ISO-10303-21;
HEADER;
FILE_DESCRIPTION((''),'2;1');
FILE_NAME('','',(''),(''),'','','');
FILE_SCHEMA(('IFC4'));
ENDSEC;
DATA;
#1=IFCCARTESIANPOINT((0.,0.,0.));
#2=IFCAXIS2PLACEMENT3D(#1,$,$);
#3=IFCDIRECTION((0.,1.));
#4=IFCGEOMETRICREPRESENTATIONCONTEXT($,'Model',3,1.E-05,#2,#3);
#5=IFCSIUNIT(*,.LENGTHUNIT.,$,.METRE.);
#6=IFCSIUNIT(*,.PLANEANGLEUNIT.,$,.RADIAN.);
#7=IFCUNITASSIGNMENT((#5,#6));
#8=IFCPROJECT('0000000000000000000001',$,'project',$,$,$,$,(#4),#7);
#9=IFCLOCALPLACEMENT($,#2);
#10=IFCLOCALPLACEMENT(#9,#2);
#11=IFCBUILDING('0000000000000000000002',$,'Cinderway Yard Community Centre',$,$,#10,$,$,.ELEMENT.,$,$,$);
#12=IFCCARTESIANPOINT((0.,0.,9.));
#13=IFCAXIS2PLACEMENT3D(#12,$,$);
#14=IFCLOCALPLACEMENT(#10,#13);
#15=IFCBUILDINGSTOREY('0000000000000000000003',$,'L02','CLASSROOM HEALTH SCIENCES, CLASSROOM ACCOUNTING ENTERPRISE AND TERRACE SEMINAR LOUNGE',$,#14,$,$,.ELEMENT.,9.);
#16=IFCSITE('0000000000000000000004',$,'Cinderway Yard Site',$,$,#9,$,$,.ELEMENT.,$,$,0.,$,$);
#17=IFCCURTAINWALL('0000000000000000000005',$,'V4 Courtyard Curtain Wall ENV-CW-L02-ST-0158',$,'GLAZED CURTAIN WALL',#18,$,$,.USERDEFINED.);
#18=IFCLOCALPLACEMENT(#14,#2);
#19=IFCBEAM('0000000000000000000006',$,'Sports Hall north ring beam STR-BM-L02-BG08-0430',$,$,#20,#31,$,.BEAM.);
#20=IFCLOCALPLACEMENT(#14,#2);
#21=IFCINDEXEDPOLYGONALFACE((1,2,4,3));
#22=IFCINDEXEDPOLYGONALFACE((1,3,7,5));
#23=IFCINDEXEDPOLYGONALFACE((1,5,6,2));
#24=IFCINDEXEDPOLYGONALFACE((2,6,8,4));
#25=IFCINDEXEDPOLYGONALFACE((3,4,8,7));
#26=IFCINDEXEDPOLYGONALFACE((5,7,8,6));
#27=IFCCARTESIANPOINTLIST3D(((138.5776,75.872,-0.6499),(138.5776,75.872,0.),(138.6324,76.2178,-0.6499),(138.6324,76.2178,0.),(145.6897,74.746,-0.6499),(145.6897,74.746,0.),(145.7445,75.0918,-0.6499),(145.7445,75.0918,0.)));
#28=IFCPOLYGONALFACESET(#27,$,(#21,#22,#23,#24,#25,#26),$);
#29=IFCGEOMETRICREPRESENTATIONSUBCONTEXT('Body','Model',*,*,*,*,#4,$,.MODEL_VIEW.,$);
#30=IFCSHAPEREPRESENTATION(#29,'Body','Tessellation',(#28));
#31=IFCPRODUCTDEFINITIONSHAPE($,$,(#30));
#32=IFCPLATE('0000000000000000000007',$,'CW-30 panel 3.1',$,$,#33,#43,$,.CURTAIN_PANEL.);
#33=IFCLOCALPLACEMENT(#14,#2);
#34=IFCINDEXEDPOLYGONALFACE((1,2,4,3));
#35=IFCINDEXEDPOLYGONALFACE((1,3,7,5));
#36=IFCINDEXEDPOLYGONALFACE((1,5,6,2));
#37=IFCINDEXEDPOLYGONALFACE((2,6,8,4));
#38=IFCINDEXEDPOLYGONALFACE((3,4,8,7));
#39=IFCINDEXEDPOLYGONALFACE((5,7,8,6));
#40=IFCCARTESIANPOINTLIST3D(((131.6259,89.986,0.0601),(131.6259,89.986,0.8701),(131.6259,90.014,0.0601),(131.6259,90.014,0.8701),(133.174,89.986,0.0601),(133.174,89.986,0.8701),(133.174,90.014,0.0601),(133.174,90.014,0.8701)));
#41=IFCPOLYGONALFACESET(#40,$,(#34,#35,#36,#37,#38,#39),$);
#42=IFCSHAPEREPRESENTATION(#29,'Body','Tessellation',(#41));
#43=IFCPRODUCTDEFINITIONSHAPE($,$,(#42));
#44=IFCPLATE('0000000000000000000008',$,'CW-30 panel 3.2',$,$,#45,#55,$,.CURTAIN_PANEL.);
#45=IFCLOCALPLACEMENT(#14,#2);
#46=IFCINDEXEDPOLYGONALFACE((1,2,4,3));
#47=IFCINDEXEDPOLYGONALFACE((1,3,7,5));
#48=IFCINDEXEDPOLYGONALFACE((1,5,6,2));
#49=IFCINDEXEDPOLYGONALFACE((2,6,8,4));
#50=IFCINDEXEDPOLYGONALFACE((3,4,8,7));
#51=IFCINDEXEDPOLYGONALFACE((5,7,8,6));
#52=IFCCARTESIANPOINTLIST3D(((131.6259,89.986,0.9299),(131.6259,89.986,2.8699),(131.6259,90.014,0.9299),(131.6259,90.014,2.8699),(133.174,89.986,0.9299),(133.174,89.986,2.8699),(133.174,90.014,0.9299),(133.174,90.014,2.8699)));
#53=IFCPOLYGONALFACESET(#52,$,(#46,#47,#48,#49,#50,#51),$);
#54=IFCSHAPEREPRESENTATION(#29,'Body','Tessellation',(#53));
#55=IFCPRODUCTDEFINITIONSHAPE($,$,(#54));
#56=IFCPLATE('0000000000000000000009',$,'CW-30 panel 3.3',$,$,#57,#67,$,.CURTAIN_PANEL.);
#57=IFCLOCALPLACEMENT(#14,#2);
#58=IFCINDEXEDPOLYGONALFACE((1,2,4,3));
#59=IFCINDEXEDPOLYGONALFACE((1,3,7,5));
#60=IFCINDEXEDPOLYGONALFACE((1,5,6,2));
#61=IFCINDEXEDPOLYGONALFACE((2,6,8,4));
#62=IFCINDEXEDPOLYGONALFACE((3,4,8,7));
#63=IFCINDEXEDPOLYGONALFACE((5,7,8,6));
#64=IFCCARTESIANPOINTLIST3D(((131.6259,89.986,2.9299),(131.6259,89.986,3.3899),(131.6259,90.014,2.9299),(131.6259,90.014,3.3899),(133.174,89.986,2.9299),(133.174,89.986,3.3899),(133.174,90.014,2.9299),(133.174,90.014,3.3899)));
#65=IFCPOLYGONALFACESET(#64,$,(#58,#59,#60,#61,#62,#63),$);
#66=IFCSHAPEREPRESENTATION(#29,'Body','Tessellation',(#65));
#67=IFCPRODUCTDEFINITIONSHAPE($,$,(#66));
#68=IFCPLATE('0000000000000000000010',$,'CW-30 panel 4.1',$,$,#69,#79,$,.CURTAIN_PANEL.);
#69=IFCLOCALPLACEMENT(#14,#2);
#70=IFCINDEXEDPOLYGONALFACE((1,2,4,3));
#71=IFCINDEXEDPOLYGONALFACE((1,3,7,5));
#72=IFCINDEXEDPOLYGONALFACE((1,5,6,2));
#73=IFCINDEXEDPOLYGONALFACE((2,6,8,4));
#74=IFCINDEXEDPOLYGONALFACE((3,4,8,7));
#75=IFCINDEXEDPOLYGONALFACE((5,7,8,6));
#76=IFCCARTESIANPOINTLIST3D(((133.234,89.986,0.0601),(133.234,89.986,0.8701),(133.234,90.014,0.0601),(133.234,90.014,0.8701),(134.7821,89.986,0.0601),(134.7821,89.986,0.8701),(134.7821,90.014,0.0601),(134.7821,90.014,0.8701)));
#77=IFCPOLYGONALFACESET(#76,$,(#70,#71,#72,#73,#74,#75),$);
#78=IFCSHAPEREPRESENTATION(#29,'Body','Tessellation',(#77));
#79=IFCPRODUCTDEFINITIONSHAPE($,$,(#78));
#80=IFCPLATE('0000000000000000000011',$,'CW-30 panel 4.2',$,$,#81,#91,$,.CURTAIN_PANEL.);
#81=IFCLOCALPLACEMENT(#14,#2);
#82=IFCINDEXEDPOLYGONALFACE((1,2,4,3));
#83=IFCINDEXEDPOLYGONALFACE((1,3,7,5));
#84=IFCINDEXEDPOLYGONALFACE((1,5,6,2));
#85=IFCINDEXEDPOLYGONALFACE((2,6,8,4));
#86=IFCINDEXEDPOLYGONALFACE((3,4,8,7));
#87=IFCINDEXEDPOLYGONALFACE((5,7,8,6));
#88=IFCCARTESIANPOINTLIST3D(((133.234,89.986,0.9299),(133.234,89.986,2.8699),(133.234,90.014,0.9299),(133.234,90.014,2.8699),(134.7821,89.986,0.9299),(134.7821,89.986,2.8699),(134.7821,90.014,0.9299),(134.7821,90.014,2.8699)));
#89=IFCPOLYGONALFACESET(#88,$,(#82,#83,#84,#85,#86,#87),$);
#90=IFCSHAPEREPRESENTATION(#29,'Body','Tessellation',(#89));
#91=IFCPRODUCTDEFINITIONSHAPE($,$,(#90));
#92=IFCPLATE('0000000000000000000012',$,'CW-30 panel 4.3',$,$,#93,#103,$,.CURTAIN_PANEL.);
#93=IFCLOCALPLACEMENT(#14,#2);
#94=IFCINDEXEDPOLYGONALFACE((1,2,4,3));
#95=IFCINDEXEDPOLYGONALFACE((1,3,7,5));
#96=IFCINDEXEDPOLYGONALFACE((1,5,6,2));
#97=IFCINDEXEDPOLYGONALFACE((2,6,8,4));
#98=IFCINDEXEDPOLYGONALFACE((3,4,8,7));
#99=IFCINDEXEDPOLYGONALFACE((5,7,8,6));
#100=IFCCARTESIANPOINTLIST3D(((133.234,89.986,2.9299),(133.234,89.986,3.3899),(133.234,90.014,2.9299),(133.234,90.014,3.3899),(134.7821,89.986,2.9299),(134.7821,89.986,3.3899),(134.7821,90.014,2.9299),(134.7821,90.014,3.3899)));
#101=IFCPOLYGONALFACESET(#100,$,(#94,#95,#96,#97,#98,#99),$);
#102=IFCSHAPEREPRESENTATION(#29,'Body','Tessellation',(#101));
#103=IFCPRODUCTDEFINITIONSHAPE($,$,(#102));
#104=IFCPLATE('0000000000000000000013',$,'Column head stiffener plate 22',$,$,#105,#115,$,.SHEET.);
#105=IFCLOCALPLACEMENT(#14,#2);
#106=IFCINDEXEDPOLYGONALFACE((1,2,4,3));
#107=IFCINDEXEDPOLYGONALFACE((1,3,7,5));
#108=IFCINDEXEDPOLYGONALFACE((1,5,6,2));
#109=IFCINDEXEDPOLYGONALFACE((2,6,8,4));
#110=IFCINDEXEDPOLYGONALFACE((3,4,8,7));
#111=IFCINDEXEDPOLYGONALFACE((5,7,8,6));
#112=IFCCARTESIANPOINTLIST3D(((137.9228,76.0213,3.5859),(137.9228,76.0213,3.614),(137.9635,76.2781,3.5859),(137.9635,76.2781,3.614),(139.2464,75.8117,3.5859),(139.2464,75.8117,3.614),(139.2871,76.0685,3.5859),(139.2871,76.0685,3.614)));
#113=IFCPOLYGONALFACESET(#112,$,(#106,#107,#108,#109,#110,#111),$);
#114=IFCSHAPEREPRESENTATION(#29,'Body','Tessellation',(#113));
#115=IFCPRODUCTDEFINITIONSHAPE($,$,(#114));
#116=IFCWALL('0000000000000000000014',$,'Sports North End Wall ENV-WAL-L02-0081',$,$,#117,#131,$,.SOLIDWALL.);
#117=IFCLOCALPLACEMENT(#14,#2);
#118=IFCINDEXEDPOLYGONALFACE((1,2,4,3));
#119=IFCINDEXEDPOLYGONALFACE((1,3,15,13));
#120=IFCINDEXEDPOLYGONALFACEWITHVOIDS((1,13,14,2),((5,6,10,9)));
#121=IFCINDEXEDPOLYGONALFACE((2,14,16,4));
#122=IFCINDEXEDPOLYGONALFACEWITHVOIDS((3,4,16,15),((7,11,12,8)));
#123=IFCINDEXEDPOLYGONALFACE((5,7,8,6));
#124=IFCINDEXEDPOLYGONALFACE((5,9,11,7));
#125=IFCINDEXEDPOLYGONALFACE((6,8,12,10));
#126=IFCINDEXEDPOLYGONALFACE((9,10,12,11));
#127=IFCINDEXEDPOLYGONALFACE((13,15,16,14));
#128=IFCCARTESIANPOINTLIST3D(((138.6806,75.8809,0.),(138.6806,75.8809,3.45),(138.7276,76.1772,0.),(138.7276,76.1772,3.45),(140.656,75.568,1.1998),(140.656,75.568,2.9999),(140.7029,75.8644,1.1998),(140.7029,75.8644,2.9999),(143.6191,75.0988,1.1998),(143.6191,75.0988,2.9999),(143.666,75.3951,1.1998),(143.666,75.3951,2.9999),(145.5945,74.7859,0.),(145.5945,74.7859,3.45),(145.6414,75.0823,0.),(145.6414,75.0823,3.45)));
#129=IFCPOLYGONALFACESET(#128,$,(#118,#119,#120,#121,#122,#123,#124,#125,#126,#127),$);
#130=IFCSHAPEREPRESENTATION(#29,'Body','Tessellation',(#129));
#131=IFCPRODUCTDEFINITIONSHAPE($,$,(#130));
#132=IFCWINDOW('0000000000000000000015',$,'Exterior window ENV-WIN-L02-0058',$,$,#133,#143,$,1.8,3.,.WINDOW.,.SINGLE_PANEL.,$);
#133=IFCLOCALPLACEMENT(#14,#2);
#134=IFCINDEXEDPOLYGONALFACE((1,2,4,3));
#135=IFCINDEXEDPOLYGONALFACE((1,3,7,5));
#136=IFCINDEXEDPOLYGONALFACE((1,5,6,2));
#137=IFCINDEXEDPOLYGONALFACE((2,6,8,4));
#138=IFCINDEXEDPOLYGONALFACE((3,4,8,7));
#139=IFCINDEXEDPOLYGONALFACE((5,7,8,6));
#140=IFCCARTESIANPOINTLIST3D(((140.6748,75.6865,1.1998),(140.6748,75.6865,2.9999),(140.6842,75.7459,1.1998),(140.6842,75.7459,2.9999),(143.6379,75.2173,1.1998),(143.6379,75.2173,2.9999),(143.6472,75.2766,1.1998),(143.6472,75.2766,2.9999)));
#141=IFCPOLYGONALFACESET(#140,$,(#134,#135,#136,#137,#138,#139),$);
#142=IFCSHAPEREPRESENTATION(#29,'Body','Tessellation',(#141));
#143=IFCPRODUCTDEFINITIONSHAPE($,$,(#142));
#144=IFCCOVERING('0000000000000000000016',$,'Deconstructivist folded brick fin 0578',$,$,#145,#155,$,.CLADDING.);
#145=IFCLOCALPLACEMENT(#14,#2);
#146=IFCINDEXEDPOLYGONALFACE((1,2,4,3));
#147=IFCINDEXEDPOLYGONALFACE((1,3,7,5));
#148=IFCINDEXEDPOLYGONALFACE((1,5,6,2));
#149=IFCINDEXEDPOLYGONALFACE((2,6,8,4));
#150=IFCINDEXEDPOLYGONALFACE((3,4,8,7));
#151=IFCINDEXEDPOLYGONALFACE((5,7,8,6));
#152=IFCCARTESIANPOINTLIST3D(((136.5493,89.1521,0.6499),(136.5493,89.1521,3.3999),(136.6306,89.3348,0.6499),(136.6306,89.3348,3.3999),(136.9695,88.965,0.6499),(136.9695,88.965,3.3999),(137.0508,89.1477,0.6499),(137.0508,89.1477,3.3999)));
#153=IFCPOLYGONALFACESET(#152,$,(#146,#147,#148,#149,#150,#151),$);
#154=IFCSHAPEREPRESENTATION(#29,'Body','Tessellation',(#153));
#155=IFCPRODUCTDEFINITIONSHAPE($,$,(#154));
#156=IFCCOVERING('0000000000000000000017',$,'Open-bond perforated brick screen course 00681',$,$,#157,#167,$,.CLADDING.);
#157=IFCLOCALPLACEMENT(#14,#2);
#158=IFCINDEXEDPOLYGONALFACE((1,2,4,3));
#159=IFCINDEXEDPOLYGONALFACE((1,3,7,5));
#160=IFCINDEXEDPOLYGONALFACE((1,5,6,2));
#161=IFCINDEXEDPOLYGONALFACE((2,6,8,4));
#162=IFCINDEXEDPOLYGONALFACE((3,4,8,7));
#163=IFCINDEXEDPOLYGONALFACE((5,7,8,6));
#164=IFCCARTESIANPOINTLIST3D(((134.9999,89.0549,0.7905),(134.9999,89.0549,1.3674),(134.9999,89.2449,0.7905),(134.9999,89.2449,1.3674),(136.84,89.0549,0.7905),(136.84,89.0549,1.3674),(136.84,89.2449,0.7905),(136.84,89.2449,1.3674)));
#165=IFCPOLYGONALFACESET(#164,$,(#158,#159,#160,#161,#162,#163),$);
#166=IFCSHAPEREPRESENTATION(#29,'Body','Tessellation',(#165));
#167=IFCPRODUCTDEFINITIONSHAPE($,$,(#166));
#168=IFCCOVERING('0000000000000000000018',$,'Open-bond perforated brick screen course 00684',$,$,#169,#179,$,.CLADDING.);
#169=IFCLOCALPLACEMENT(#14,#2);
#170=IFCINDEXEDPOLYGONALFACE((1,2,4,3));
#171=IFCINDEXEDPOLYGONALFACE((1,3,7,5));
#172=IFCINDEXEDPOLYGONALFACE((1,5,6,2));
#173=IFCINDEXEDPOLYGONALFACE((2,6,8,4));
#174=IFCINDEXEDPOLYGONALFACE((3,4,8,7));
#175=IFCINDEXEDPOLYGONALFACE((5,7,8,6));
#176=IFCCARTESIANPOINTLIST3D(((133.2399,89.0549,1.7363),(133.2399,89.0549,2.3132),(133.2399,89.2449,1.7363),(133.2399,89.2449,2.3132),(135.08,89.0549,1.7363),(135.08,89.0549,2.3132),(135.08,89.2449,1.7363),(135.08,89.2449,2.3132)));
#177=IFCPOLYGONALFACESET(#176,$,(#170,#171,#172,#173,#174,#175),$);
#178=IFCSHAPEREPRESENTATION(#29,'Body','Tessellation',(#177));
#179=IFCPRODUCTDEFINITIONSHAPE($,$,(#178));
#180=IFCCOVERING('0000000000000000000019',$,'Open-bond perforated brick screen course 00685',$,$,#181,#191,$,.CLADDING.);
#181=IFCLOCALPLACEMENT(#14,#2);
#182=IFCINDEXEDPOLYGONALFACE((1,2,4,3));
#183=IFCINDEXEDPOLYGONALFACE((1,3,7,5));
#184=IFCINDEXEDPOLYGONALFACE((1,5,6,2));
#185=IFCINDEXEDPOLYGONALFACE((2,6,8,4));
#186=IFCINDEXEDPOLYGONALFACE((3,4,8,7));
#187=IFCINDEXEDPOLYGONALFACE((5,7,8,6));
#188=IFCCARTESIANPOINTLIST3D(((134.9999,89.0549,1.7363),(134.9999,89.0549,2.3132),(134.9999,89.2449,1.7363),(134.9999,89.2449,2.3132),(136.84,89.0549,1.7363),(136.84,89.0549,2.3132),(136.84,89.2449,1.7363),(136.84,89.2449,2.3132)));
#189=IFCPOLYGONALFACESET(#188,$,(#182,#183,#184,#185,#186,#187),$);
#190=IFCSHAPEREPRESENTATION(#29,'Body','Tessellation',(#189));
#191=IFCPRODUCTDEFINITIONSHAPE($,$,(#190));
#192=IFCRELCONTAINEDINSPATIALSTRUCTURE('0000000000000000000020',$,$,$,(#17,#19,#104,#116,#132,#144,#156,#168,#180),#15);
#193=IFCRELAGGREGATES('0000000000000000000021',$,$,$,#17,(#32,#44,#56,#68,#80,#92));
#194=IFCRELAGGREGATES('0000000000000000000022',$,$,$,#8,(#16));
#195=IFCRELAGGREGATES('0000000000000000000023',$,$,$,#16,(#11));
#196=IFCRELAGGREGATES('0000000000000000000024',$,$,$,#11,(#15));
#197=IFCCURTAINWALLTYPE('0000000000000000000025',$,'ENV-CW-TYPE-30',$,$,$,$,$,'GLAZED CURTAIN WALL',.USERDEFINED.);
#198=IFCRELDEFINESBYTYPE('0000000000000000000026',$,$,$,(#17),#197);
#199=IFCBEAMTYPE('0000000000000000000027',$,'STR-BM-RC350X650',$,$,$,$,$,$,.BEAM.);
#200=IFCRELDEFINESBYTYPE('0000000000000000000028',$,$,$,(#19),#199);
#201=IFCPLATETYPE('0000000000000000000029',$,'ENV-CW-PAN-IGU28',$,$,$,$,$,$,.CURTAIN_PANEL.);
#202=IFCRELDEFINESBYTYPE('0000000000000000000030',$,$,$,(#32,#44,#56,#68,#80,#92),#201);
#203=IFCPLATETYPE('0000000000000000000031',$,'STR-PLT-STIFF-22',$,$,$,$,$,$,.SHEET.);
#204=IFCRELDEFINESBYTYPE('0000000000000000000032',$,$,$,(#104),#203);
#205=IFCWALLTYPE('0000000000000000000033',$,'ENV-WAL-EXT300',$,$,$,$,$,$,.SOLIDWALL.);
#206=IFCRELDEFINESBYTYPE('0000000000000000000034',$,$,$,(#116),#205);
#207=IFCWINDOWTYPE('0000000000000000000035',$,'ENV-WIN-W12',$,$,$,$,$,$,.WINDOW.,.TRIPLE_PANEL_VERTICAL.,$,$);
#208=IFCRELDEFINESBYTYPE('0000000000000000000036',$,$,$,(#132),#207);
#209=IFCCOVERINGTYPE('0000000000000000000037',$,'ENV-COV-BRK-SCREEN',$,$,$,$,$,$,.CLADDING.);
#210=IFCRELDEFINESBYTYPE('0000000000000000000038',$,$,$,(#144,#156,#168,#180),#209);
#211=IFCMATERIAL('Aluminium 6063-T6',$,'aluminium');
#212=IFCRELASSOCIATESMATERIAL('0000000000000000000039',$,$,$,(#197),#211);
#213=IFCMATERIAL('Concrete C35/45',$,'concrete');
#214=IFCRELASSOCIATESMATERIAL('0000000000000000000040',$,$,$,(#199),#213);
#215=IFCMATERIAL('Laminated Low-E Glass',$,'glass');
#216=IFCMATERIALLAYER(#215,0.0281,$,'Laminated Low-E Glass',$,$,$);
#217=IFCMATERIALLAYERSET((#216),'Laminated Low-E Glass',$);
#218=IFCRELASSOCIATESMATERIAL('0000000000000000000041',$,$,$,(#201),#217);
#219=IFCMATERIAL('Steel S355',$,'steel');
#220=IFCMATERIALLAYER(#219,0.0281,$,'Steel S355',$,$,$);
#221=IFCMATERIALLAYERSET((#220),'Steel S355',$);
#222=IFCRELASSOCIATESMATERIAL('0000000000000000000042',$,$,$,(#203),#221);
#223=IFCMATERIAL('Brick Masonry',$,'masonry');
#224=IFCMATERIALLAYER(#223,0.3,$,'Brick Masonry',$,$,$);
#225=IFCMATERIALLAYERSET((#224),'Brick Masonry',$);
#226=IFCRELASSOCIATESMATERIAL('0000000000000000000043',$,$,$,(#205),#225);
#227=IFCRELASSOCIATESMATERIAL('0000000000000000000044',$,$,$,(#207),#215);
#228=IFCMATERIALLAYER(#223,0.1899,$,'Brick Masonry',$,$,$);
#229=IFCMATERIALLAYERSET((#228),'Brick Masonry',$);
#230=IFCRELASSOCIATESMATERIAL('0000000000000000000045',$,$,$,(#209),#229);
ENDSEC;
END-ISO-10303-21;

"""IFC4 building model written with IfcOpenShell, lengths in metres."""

from ifc_helpers import new_model, si_unit, direction, frame, frame_2d, origin, origin_2d, place, context, subcontext, project, spatial, rectangle, extrude, material, layer, layer_set, material_profile, profile_set, type_object, element, fill, aggregate, save


model = new_model("IFC4")

# Units and contexts
model_context = context("Model", 3, precision=1e-05, world=origin(), true_north=direction((0.0, 1.0)))
body_context = subcontext(model_context, "Body", "Model", "MODEL_VIEW")
ifc_project = project(units=[si_unit("LENGTHUNIT", "METRE"), si_unit("PLANEANGLEUNIT", "RADIAN")], contexts=[model_context])

# Site, building, storey
site_placement = place(None, origin())
site = spatial("IfcSite", under=ifc_project, at=site_placement, Name="Cinderway Yard Site", CompositionType="ELEMENT", RefElevation=0.0)
building_placement = place(site_placement, origin())
building = spatial("IfcBuilding", under=site, at=building_placement, Name="Cinderway Yard Community Centre", CompositionType="ELEMENT")
storey_placement = place(building_placement, frame((0.0, 0.0, 9.0)))
storey = spatial("IfcBuildingStorey", under=building, at=storey_placement, Name="L02", Description="CLASSROOM HEALTH SCIENCES, CLASSROOM ACCOUNTING ENTERPRISE AND TERRACE SEMINAR LOUNGE", CompositionType="ELEMENT", Elevation=9.0)

# Curtain wall
ifc_material_1 = material(Name="Aluminium 6063-T6", Category="aluminium")
curtain_wall_type = type_object("IfcCurtainWallType", Name="ENV-CW-TYPE-30", ElementType="GLAZED CURTAIN WALL", PredefinedType="USERDEFINED", material=ifc_material_1)
curtain_wall_placement = place(storey_placement, origin())
curtain_wall = element("IfcCurtainWall", 1, at=curtain_wall_placement, inside=storey, type_object=curtain_wall_type, Name="V4 Courtyard Curtain Wall ENV-CW-L02-ST-0158", ObjectType="GLAZED CURTAIN WALL", PredefinedType="USERDEFINED")

# Shared definitions
ifc_material_2 = material(Name="Steel S355", Category="steel")

# Beam
ifc_material_3 = material(Name="Concrete C35/45", Category="concrete")
ifc_material_profile_1 = material_profile(ifc_material_3, rectangle(XDim=0.3501, YDim=0.6499, at=origin_2d()), Name="Concrete C35/45")
ifc_profile_set_1 = profile_set([ifc_material_profile_1], Name="Concrete C35/45")
beam_type = type_object("IfcBeamType", Name="STR-BM-RC350X650", PredefinedType="BEAM", material=ifc_profile_set_1)
beam_placement = place(storey_placement, frame((138.605, 76.0449, -0.325), z_axis=(0.987698, -0.156372, 0.0), x_axis=(0.156372, 0.987698, 0.0)))
element("IfcBeam", 2, at=beam_placement, inside=storey, type_object=beam_type, Name="Sports Hall north ring beam STR-BM-L02-BG08-0430", PredefinedType="BEAM", context=body_context, shape_type="SweptSolid", body=[
    extrude(rectangle(XDim=0.3501, YDim=0.6499, at=origin_2d()), origin(), (0.0, 0.0, 1.0), 7.2007),
])

# Plates
ifc_material_4 = material(Name="Laminated Low-E Glass", Category="glass")
ifc_layer_1 = layer(ifc_material_4, 0.0281, Name="Laminated Low-E Glass")
ifc_layer_set_1 = layer_set([ifc_layer_1], Name="Laminated Low-E Glass")
plate_type_1 = type_object("IfcPlateType", Name="ENV-CW-PAN-IGU28", PredefinedType="CURTAIN_PANEL", material=ifc_layer_set_1)
plate_1_placement = place(storey_placement, frame((132.3999, 90.0, 0.0601), z_axis=(0.0, 0.0, 1.0), x_axis=(1.0, 0.0, 0.0)))
plate_1 = element("IfcPlate", 3, at=plate_1_placement, type_object=plate_type_1, Name="CW-30 panel 3.1", PredefinedType="CURTAIN_PANEL", context=body_context, shape_type="SweptSolid", body=[
    extrude(rectangle(XDim=1.5481, YDim=0.0281, at=origin_2d()), origin(), (0.0, 0.0, 1.0), 0.8101),
])
plate_2_placement = place(storey_placement, frame((132.3999, 90.0, 0.9299), z_axis=(0.0, 0.0, 1.0), x_axis=(1.0, 0.0, 0.0)))
plate_2 = element("IfcPlate", 4, at=plate_2_placement, type_object=plate_type_1, Name="CW-30 panel 3.2", PredefinedType="CURTAIN_PANEL", context=body_context, shape_type="SweptSolid", body=[
    extrude(rectangle(XDim=1.5481, YDim=0.0281, at=origin_2d()), origin(), (0.0, 0.0, 1.0), 1.9399),
])
plate_3_placement = place(storey_placement, frame((132.3999, 90.0, 2.9299), z_axis=(0.0, 0.0, 1.0), x_axis=(1.0, 0.0, 0.0)))
plate_3 = element("IfcPlate", 5, at=plate_3_placement, type_object=plate_type_1, Name="CW-30 panel 3.3", PredefinedType="CURTAIN_PANEL", context=body_context, shape_type="SweptSolid", body=[
    extrude(rectangle(XDim=1.5481, YDim=0.0281, at=origin_2d()), origin(), (0.0, 0.0, 1.0), 0.46),
])
plate_4_placement = place(storey_placement, frame((134.0081, 90.0, 0.0601), z_axis=(0.0, 0.0, 1.0), x_axis=(1.0, 0.0, 0.0)))
plate_4 = element("IfcPlate", 6, at=plate_4_placement, type_object=plate_type_1, Name="CW-30 panel 4.1", PredefinedType="CURTAIN_PANEL", context=body_context, shape_type="SweptSolid", body=[
    extrude(rectangle(XDim=1.5481, YDim=0.0281, at=origin_2d()), origin(), (0.0, 0.0, 1.0), 0.8101),
])
plate_5_placement = place(storey_placement, frame((134.0081, 90.0, 0.9299), z_axis=(0.0, 0.0, 1.0), x_axis=(1.0, 0.0, 0.0)))
plate_5 = element("IfcPlate", 7, at=plate_5_placement, type_object=plate_type_1, Name="CW-30 panel 4.2", PredefinedType="CURTAIN_PANEL", context=body_context, shape_type="SweptSolid", body=[
    extrude(rectangle(XDim=1.5481, YDim=0.0281, at=origin_2d()), origin(), (0.0, 0.0, 1.0), 1.9399),
])
plate_6_placement = place(storey_placement, frame((134.0081, 90.0, 2.9299), z_axis=(0.0, 0.0, 1.0), x_axis=(1.0, 0.0, 0.0)))
plate_6 = element("IfcPlate", 8, at=plate_6_placement, type_object=plate_type_1, Name="CW-30 panel 4.3", PredefinedType="CURTAIN_PANEL", context=body_context, shape_type="SweptSolid", body=[
    extrude(rectangle(XDim=1.5481, YDim=0.0281, at=origin_2d()), origin(), (0.0, 0.0, 1.0), 0.46),
])
aggregate(curtain_wall, [plate_1, plate_2, plate_3, plate_4, plate_5, plate_6])
ifc_layer_2 = layer(ifc_material_2, 0.0281, Name="Steel S355")
ifc_layer_set_2 = layer_set([ifc_layer_2], Name="Steel S355")
plate_type_2 = type_object("IfcPlateType", Name="STR-PLT-STIFF-22", PredefinedType="SHEET", material=ifc_layer_set_2)
plate_7_placement = place(storey_placement, frame((138.605, 76.0449, 3.5859), z_axis=(0.0, 0.0, 1.0), x_axis=(0.987688, -0.156434, 0.0)))
element("IfcPlate", 9, at=plate_7_placement, inside=storey, type_object=plate_type_2, Name="Column head stiffener plate 22", PredefinedType="SHEET", context=body_context, shape_type="SweptSolid", body=[
    extrude(rectangle(XDim=1.3401, YDim=0.26, at=origin_2d()), origin(), (0.0, 0.0, 1.0), 0.0281),
])

# Wall, opening, window
ifc_material_5 = material(Name="Brick Masonry", Category="masonry")
ifc_layer_3 = layer(ifc_material_5, 0.3, Name="Brick Masonry")
ifc_layer_set_3 = layer_set([ifc_layer_3], Name="Brick Masonry")
wall_type = type_object("IfcWallType", Name="ENV-WAL-EXT300", PredefinedType="SOLIDWALL", material=ifc_layer_set_3)
wall_placement = place(storey_placement, frame((138.7041, 76.0291, 0.0), z_axis=(0.0, 0.0, 1.0), x_axis=(0.98769, -0.156425, 0.0)))
wall = element("IfcWall", 10, at=wall_placement, inside=storey, type_object=wall_type, Name="Sports North End Wall ENV-WAL-L02-0081", PredefinedType="SOLIDWALL", context=body_context, shape_type="SweptSolid", body=[
    extrude(rectangle(XDim=7.0, YDim=0.3, at=frame_2d((3.5, 0.0))), origin(), (0.0, 0.0, 1.0), 3.45),
])
opening_placement = place(wall_placement, frame((2.0, 0.0, 1.2)))
opening = element("IfcOpeningElement", 11, at=opening_placement, cuts=wall, PredefinedType="OPENING", context=body_context, shape_type="SweptSolid", body=[
    extrude(rectangle(XDim=3.0, YDim=1.8, at=frame_2d((1.5, 0.8999))), frame((0.0, 0.1599, 0.0), z_axis=(0.0, -1.0, 0.0), x_axis=(1.0, 0.0, 0.0)), (0.0, 0.0, 1.0), 0.3201),
])
window_type = type_object("IfcWindowType", Name="ENV-WIN-W12", PartitioningType="TRIPLE_PANEL_VERTICAL", PredefinedType="WINDOW", material=ifc_material_4)
window_placement = place(opening_placement, origin())
window = element("IfcWindow", 12, at=window_placement, inside=storey, type_object=window_type, Name="Exterior window ENV-WIN-L02-0058", OverallHeight=1.8, OverallWidth=3.0, PartitioningType="SINGLE_PANEL", PredefinedType="WINDOW", context=body_context, shape_type="SweptSolid", body=[
    extrude(rectangle(XDim=3.0, YDim=1.8, at=frame_2d((1.5, 0.8999))), frame((0.0, 0.03, 0.0), z_axis=(0.0, -1.0, 0.0), x_axis=(1.0, 0.0, 0.0)), (0.0, 0.0, 1.0), 0.0601),
])
fill(opening, window)

# Coverings
ifc_layer_4 = layer(ifc_material_5, 0.1899, Name="Brick Masonry")
ifc_layer_set_4 = layer_set([ifc_layer_4], Name="Brick Masonry")
covering_type = type_object("IfcCoveringType", Name="ENV-COV-BRK-SCREEN", PredefinedType="CLADDING", material=ifc_layer_set_4)
covering_placement = place(storey_placement, frame((136.8, 89.1499, 0.6499), z_axis=(0.0, 0.0, 1.0), x_axis=(-0.913545, 0.406737, 0.0)))
element("IfcCovering", 13, at=covering_placement, inside=storey, type_object=covering_type, Name="Deconstructivist folded brick fin 0578", PredefinedType="CLADDING", context=body_context, shape_type="SweptSolid", body=[
    extrude(rectangle(XDim=0.46, YDim=0.2, at=origin_2d()), origin(), (0.0, 0.0, 1.0), 2.75),
])
for number, where, z_axis, x_axis, name in (
    (14, (135.9199, 89.1499, 0.7905), (0.0, 0.0, 1.0), (-1.0, 0.0, 0.0), "Open-bond perforated brick screen course 00681"),
    (15, (134.1599, 89.1499, 1.7363), (0.0, 0.0, 1.0), (-1.0, 0.0, 0.0), "Open-bond perforated brick screen course 00684"),
    (16, (135.9199, 89.1499, 1.7363), (0.0, 0.0, 1.0), (-1.0, 0.0, 0.0), "Open-bond perforated brick screen course 00685"),
):
    element("IfcCovering", number, at=place(storey_placement, frame(where, z_axis=z_axis, x_axis=x_axis)), inside=storey, type_object=covering_type, Name=name, PredefinedType="CLADDING", context=body_context, shape_type="SweptSolid", body=[
        extrude(rectangle(XDim=1.8401, YDim=0.1899, at=origin_2d()), origin(), (0.0, 0.0, 1.0), 0.5769),
    ])

save(model, "model.ifc")
